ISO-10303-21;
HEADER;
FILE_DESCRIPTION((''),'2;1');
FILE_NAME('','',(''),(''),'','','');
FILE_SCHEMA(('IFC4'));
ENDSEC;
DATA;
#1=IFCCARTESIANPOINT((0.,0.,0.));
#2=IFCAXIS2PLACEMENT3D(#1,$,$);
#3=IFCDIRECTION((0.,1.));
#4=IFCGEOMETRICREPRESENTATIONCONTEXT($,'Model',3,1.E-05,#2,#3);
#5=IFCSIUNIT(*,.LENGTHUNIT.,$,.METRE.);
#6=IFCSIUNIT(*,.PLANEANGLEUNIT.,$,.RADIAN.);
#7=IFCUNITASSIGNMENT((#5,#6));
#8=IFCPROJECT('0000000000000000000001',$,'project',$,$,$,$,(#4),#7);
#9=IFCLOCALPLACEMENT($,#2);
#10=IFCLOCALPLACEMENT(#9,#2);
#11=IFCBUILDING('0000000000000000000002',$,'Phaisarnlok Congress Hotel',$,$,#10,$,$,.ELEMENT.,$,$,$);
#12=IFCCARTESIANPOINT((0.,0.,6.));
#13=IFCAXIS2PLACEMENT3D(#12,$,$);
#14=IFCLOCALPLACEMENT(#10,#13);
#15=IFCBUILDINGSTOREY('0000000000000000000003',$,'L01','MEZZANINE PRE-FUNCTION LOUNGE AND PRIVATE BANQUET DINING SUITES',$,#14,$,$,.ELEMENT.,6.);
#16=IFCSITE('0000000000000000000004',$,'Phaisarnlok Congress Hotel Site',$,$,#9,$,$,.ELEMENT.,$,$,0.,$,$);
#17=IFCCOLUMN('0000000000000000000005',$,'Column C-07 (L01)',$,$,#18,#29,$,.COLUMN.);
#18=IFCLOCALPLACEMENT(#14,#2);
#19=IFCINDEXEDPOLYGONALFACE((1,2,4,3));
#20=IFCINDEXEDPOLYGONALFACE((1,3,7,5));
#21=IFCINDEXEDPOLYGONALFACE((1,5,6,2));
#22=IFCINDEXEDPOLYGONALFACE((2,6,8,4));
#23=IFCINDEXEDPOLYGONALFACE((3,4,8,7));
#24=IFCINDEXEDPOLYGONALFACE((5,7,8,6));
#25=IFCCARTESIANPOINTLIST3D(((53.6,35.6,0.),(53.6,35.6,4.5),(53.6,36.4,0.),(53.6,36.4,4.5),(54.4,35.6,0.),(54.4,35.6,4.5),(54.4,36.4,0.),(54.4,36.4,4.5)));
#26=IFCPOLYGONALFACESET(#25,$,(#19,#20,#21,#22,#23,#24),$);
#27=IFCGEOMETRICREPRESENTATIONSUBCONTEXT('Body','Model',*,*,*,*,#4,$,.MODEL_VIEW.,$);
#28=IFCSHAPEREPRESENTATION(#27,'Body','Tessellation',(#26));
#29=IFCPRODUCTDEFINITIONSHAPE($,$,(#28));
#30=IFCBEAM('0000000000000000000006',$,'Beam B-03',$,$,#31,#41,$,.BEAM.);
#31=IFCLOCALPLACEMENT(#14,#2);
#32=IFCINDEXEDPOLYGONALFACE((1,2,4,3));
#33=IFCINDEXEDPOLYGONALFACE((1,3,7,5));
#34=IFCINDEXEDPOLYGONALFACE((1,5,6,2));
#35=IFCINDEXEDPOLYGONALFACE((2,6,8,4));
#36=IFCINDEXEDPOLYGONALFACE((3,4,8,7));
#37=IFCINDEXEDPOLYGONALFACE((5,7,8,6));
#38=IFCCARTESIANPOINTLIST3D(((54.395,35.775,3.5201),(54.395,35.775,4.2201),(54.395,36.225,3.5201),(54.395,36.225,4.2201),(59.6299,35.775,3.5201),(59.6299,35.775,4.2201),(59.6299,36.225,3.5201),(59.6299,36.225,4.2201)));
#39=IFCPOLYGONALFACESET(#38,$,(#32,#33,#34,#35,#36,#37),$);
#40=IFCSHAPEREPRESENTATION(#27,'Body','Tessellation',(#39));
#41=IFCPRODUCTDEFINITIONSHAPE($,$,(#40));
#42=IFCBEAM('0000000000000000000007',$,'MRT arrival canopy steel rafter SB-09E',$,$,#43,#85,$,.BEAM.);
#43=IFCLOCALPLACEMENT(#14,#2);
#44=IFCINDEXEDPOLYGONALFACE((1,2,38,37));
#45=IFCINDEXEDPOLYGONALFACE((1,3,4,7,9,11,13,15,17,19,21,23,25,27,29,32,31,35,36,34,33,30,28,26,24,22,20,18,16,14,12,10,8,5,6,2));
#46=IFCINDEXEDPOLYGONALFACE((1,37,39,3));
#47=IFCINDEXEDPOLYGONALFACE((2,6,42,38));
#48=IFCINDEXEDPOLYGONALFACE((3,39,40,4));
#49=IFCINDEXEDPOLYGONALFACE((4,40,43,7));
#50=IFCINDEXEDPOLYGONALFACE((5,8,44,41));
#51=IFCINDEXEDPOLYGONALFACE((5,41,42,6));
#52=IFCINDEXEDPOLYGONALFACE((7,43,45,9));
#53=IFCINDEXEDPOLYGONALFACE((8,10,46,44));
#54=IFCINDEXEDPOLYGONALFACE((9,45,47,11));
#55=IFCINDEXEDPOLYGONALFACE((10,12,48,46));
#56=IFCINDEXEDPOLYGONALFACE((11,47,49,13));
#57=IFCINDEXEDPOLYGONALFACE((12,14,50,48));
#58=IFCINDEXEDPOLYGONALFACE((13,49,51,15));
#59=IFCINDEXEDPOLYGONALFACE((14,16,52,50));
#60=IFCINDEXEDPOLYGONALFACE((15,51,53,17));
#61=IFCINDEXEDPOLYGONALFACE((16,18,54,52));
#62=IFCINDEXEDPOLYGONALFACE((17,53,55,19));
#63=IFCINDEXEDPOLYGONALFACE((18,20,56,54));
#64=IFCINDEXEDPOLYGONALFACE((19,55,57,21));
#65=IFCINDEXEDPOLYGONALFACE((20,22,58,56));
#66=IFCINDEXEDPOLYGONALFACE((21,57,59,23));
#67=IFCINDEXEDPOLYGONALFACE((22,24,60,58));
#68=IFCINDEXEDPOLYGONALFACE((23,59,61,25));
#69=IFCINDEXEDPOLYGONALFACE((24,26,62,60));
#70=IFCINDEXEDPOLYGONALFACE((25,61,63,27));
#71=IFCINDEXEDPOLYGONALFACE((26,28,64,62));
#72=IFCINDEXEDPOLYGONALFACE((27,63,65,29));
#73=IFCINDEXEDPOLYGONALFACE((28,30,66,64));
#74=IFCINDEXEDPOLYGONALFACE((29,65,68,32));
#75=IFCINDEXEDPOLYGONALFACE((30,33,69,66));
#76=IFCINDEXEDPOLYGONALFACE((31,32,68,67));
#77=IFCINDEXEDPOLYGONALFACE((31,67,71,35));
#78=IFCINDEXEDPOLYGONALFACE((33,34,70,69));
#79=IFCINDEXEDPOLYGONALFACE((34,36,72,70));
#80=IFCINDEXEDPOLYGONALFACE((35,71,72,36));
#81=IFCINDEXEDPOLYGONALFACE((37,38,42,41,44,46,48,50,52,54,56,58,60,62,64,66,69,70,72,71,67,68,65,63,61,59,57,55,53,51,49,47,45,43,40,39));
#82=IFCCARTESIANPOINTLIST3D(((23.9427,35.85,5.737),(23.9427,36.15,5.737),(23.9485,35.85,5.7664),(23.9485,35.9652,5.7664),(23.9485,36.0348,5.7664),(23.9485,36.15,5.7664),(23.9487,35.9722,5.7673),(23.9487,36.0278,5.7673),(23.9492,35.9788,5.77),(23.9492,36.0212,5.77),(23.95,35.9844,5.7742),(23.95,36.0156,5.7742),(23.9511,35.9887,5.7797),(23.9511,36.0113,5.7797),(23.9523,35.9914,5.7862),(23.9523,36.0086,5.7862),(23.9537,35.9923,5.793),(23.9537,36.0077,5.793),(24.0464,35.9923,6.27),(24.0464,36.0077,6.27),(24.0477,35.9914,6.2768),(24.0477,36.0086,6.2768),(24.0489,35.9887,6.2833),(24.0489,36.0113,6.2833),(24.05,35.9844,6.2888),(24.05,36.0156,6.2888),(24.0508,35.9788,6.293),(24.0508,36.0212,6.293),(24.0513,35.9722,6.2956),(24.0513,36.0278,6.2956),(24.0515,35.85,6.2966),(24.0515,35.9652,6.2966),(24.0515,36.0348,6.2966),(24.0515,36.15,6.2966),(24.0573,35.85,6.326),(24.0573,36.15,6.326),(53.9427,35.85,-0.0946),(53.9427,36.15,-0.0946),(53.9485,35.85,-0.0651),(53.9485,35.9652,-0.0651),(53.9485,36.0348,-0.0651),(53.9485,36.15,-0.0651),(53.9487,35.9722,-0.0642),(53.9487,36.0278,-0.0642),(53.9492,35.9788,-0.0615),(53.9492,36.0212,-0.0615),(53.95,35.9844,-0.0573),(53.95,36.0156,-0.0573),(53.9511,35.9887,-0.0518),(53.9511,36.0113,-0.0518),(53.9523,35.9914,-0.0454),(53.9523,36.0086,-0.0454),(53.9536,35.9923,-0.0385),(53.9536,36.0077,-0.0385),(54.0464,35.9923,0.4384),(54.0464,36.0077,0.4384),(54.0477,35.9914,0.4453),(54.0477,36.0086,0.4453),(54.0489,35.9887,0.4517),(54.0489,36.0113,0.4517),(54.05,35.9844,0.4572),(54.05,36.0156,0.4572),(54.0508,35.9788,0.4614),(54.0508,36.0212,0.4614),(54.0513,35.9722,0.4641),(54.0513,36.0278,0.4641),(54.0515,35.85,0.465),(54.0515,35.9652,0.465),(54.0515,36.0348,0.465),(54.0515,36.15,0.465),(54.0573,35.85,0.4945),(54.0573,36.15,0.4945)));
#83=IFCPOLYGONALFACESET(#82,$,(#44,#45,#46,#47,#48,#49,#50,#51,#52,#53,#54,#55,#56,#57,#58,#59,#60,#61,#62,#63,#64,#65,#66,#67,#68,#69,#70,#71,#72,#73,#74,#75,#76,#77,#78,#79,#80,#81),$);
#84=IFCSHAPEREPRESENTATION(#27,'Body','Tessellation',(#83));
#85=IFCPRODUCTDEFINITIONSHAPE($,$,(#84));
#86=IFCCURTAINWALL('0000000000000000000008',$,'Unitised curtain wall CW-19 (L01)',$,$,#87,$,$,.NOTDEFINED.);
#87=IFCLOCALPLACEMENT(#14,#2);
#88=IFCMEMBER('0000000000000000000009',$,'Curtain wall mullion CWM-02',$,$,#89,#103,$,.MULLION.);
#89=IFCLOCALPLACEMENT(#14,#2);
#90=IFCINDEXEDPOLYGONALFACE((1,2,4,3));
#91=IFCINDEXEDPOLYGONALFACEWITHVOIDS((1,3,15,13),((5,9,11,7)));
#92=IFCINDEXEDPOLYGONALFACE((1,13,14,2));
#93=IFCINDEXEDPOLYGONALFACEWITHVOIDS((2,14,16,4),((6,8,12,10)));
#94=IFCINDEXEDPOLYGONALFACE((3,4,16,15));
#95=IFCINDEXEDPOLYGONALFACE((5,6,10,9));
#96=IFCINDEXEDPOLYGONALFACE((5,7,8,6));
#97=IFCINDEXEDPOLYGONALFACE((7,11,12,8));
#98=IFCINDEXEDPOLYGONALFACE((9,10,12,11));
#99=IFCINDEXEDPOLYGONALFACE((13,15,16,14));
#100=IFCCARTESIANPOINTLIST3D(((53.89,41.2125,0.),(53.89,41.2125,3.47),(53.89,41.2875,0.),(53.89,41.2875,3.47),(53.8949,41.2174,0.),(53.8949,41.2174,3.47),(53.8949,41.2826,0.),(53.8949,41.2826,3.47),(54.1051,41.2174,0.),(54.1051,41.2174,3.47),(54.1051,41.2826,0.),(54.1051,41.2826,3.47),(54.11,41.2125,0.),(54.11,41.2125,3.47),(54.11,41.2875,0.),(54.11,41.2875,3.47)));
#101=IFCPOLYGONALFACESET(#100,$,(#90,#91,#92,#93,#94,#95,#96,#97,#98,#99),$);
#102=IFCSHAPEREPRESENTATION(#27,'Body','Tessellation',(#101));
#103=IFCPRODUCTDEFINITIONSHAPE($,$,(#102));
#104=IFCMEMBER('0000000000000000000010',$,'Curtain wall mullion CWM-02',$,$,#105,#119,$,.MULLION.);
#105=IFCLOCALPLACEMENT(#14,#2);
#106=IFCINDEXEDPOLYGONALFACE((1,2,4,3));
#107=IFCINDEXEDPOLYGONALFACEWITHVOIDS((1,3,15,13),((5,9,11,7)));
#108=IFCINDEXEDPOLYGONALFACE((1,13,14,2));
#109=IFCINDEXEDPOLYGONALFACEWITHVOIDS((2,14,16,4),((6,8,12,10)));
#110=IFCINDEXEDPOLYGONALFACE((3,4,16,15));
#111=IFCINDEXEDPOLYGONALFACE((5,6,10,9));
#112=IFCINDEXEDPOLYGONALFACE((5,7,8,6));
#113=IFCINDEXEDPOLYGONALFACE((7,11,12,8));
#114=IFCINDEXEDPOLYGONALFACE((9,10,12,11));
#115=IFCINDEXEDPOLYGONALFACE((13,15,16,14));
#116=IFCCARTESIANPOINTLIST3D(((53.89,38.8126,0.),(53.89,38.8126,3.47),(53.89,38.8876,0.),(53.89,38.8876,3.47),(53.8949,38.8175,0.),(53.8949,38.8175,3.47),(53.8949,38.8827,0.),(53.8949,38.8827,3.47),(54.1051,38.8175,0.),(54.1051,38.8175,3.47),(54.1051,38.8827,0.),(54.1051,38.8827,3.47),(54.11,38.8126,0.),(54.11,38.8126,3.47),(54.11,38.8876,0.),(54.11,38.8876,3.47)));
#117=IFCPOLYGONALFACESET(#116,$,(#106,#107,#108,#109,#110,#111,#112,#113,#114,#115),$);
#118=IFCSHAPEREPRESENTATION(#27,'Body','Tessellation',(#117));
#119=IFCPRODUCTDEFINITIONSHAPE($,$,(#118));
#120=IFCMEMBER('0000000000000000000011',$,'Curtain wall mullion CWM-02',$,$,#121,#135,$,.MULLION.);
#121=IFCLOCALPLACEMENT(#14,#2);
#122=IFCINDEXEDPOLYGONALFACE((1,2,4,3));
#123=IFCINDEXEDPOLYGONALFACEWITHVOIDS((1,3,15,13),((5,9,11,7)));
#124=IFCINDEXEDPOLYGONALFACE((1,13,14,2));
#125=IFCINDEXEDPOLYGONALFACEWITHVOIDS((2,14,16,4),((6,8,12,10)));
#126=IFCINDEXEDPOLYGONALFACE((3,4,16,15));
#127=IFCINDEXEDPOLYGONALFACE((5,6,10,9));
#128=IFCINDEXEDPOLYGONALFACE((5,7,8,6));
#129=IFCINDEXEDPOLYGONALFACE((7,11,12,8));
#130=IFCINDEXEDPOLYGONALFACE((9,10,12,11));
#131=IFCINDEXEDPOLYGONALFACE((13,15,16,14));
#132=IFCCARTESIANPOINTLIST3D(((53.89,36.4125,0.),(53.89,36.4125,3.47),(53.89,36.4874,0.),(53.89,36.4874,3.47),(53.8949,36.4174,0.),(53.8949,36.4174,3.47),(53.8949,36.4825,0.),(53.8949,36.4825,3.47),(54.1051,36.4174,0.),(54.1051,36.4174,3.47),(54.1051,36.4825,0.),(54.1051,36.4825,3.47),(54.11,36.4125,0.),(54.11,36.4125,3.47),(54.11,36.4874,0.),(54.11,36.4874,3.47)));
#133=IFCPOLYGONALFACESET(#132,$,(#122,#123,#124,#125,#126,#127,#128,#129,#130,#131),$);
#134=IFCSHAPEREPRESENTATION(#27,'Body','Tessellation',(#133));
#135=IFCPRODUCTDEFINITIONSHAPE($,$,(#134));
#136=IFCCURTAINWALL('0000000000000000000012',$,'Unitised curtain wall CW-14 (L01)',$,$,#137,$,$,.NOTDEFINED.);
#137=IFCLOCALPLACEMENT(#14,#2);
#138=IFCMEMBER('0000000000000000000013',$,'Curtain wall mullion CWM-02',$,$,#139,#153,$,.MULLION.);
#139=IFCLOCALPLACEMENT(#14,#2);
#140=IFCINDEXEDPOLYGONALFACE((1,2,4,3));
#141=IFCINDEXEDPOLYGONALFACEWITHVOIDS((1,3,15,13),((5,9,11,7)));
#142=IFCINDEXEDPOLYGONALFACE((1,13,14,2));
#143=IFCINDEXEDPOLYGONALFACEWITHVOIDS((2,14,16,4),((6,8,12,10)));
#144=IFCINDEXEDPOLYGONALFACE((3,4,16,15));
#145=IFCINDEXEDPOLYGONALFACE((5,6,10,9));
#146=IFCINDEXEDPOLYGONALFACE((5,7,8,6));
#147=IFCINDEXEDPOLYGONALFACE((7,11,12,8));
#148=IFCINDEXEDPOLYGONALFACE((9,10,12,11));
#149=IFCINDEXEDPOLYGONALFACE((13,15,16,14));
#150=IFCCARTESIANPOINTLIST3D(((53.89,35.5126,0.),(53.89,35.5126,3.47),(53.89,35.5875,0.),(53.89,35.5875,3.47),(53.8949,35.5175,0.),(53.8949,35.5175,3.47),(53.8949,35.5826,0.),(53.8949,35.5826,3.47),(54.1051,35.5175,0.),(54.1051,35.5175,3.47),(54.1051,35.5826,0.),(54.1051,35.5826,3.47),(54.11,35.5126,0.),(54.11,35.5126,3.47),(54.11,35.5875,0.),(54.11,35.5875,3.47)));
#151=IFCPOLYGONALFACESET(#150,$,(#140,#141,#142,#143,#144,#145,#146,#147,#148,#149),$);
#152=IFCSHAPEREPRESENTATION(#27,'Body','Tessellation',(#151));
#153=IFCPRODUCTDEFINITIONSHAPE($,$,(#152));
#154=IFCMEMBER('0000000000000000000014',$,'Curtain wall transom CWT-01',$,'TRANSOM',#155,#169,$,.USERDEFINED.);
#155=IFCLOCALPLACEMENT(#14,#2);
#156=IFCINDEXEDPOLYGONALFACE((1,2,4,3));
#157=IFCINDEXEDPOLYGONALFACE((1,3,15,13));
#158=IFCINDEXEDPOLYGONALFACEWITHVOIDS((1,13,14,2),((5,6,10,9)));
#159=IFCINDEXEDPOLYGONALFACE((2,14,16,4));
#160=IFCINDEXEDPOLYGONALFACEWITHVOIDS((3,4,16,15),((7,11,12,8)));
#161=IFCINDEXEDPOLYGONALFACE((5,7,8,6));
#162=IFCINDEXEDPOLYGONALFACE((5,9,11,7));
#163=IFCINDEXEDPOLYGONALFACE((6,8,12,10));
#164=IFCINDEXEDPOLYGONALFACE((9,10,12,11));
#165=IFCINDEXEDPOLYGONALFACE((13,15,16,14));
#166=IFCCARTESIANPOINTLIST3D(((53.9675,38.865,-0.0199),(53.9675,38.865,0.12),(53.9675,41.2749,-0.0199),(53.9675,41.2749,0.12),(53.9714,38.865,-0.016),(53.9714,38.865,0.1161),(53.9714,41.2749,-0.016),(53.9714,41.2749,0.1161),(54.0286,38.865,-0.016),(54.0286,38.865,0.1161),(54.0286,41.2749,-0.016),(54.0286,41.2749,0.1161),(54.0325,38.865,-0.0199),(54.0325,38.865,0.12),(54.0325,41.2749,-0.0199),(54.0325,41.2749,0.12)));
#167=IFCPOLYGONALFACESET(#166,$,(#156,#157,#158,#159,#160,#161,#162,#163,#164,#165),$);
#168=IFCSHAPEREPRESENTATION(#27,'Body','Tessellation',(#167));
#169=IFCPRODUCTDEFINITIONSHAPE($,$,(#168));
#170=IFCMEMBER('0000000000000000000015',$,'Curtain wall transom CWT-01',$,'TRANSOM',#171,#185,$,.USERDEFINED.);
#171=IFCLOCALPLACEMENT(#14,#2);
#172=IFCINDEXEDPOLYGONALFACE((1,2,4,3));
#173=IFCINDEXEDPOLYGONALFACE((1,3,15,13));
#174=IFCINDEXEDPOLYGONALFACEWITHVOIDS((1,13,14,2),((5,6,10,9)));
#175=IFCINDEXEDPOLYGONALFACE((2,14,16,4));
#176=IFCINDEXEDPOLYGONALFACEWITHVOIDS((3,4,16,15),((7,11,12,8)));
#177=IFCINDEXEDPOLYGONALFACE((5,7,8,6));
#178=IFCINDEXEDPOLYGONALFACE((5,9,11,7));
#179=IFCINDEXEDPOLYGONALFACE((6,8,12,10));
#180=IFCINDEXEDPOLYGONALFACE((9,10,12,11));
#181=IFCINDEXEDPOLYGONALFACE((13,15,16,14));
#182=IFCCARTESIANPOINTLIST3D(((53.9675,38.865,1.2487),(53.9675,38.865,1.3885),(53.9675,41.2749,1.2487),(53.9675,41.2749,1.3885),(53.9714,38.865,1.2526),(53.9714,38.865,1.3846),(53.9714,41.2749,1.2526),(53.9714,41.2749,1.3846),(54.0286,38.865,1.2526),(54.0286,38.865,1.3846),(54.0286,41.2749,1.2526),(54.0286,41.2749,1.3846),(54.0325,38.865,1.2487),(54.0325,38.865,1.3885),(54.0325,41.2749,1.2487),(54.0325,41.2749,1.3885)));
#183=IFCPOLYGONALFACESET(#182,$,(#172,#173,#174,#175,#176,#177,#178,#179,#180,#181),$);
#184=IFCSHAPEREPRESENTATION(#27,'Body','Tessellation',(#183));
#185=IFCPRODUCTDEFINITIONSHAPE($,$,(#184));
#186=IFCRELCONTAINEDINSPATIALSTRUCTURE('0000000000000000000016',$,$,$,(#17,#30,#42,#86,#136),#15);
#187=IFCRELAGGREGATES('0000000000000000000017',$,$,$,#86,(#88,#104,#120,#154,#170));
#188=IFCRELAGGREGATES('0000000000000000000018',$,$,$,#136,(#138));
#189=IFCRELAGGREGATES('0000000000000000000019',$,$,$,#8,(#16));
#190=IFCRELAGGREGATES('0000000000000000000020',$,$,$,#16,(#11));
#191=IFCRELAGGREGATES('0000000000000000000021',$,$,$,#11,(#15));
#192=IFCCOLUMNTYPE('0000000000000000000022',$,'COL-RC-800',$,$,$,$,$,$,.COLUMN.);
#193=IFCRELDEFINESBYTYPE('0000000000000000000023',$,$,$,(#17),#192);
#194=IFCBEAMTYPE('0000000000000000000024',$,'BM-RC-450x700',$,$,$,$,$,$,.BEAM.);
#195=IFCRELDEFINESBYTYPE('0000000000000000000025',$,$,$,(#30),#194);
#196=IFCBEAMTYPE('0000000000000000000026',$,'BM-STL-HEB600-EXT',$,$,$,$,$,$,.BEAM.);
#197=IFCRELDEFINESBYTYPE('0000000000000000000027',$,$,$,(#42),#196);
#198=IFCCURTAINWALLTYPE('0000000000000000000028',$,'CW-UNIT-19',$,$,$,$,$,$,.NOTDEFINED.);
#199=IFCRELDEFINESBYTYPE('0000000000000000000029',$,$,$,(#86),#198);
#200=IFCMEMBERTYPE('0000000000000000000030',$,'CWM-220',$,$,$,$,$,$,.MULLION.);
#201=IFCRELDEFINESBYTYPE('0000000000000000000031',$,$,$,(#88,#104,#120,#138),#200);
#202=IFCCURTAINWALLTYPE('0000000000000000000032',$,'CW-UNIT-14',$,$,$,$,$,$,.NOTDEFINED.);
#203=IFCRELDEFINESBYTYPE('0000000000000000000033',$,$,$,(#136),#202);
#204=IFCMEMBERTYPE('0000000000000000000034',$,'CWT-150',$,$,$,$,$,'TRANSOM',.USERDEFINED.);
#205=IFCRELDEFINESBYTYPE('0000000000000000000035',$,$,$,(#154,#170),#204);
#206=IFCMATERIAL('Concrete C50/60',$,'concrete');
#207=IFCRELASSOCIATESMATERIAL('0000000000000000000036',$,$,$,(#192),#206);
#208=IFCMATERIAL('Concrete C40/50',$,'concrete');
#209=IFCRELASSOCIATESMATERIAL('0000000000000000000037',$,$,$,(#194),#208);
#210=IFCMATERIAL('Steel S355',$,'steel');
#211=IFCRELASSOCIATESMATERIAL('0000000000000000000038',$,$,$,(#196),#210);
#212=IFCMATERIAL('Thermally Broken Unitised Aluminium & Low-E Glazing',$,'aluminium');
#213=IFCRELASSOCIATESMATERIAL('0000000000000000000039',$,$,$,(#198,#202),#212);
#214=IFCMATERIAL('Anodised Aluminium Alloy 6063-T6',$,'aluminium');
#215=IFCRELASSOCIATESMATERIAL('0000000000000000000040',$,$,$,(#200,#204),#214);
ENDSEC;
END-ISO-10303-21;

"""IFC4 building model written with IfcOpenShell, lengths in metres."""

from ifc_helpers import new_model, si_unit, direction, frame, origin, origin_2d, place, context, subcontext, project, spatial, rectangle, hollow_rectangle, i_section, extrude, material, material_profile, profile_set, type_object, element, aggregate, save


model = new_model("IFC4")

# Units and contexts
model_context = context("Model", 3, precision=1e-05, world=origin(), true_north=direction((0.0, 1.0)))
body_context = subcontext(model_context, "Body", "Model", "MODEL_VIEW")
ifc_project = project(units=[si_unit("LENGTHUNIT", "METRE"), si_unit("PLANEANGLEUNIT", "RADIAN")], contexts=[model_context])

# Site, building, storey
site_placement = place(None, origin())
site = spatial("IfcSite", under=ifc_project, at=site_placement, Name="Phaisarnlok Congress Hotel Site", CompositionType="ELEMENT", RefElevation=0.0)
building_placement = place(site_placement, origin())
building = spatial("IfcBuilding", under=site, at=building_placement, Name="Phaisarnlok Congress Hotel", CompositionType="ELEMENT")
storey_placement = place(building_placement, frame((0.0, 0.0, 6.0)))
storey = spatial("IfcBuildingStorey", under=building, at=storey_placement, Name="L01", Description="MEZZANINE PRE-FUNCTION LOUNGE AND PRIVATE BANQUET DINING SUITES", CompositionType="ELEMENT", Elevation=6.0)

# Column
ifc_material_1 = material(Name="Concrete C50/60", Category="concrete")
ifc_material_profile_1 = material_profile(ifc_material_1, rectangle(XDim=0.8, YDim=0.8, at=origin_2d()), Name="RC 800x800")
ifc_profile_set_1 = profile_set([ifc_material_profile_1], Name="Concrete C50/60")
column_type = type_object("IfcColumnType", Name="COL-RC-800", PredefinedType="COLUMN", material=ifc_profile_set_1)
column_placement = place(storey_placement, frame((54.0, 36.0, 0.0), z_axis=(0.0, 0.0, 1.0), x_axis=(1.0, 0.0, 0.0)))
element("IfcColumn", 1, at=column_placement, inside=storey, type_object=column_type, Name="Column C-07 (L01)", PredefinedType="COLUMN", context=body_context, shape_type="SweptSolid", body=[
    extrude(rectangle(XDim=0.8, YDim=0.8, at=origin_2d()), origin(), (0.0, 0.0, 1.0), 4.5),
])

# Beams
ifc_material_2 = material(Name="Concrete C40/50", Category="concrete")
ifc_material_profile_2 = material_profile(ifc_material_2, rectangle(XDim=0.45, YDim=0.7, at=origin_2d()), Name="RC 450x700")
ifc_profile_set_2 = profile_set([ifc_material_profile_2], Name="Concrete C40/50")
beam_type_1 = type_object("IfcBeamType", Name="BM-RC-450x700", PredefinedType="BEAM", material=ifc_profile_set_2)
beam_1_placement = place(storey_placement, frame((54.395, 36.0, 3.8701), z_axis=(1.0, 0.0, 0.0), x_axis=(0.0, 1.0, 0.0)))
element("IfcBeam", 2, at=beam_1_placement, inside=storey, type_object=beam_type_1, Name="Beam B-03", PredefinedType="BEAM", context=body_context, shape_type="SweptSolid", body=[
    extrude(rectangle(XDim=0.45, YDim=0.7, at=origin_2d()), origin(), (0.0, 0.0, 1.0), 5.2349),
])
ifc_material_3 = material(Name="Steel S355", Category="steel")
ifc_material_profile_3 = material_profile(ifc_material_3, i_section(OverallWidth=0.3, OverallDepth=0.6001, WebThickness=0.0154, FlangeThickness=0.03, FilletRadius=0.0271, at=origin_2d()), Name="HEB 600")
ifc_profile_set_3 = profile_set([ifc_material_profile_3], Name="Steel S355")
beam_type_2 = type_object("IfcBeamType", Name="BM-STL-HEB600-EXT", PredefinedType="BEAM", material=ifc_profile_set_3)
beam_2_placement = place(storey_placement, frame((54.0, 36.0, 0.2), z_axis=(-0.981626, 0.0, 0.190813), x_axis=(0.0, -1.0, 0.0)))
element("IfcBeam", 3, at=beam_2_placement, inside=storey, type_object=beam_type_2, Name="MRT arrival canopy steel rafter SB-09E", PredefinedType="BEAM", context=body_context, shape_type="SweptSolid", body=[
    extrude(i_section(OverallWidth=0.3, OverallDepth=0.6001, WebThickness=0.0154, FlangeThickness=0.03, FilletRadius=0.0271, at=origin_2d()), origin(), (0.0, 0.0, 1.0), 30.5615),
])

# Curtain wall, members
ifc_material_4 = material(Name="Thermally Broken Unitised Aluminium & Low-E Glazing", Category="aluminium")
curtain_wall_type_1 = type_object("IfcCurtainWallType", Name="CW-UNIT-19", PredefinedType="NOTDEFINED", material=ifc_material_4)
curtain_wall_1_placement = place(storey_placement, origin())
curtain_wall_1 = element("IfcCurtainWall", 4, at=curtain_wall_1_placement, inside=storey, type_object=curtain_wall_type_1, Name="Unitised curtain wall CW-19 (L01)", PredefinedType="NOTDEFINED")
ifc_material_5 = material(Name="Anodised Aluminium Alloy 6063-T6", Category="aluminium")
ifc_material_profile_4 = material_profile(ifc_material_5, hollow_rectangle(XDim=0.075, YDim=0.22, WallThickness=0.0049, at=origin_2d()), Name="ALU-M 75x220x5")
ifc_profile_set_4 = profile_set([ifc_material_profile_4], Name="Anodised Aluminium Alloy 6063-T6")
member_type_1 = type_object("IfcMemberType", Name="CWM-220", PredefinedType="MULLION", material=ifc_profile_set_4)
member_1_placement = place(storey_placement, frame((54.0, 41.25, 0.0), z_axis=(0.0, 0.0, 1.0), x_axis=(0.0, -1.0, 0.0)))
member_1 = element("IfcMember", 5, at=member_1_placement, type_object=member_type_1, Name="Curtain wall mullion CWM-02", PredefinedType="MULLION", context=body_context, shape_type="SweptSolid", body=[
    extrude(hollow_rectangle(XDim=0.075, YDim=0.22, WallThickness=0.0049, at=origin_2d()), origin(), (0.0, 0.0, 1.0), 3.47),
])
member_2_placement = place(storey_placement, frame((54.0, 38.8501, 0.0), z_axis=(0.0, 0.0, 1.0), x_axis=(0.0, -1.0, 0.0)))
member_2 = element("IfcMember", 6, at=member_2_placement, type_object=member_type_1, Name="Curtain wall mullion CWM-02", PredefinedType="MULLION", context=body_context, shape_type="SweptSolid", body=[
    extrude(hollow_rectangle(XDim=0.075, YDim=0.22, WallThickness=0.0049, at=origin_2d()), origin(), (0.0, 0.0, 1.0), 3.47),
])
member_3_placement = place(storey_placement, frame((54.0, 36.45, 0.0), z_axis=(0.0, 0.0, 1.0), x_axis=(0.0, -1.0, 0.0)))
member_3 = element("IfcMember", 7, at=member_3_placement, type_object=member_type_1, Name="Curtain wall mullion CWM-02", PredefinedType="MULLION", context=body_context, shape_type="SweptSolid", body=[
    extrude(hollow_rectangle(XDim=0.075, YDim=0.22, WallThickness=0.0049, at=origin_2d()), origin(), (0.0, 0.0, 1.0), 3.47),
])

# Curtain wall, member
curtain_wall_type_2 = type_object("IfcCurtainWallType", Name="CW-UNIT-14", PredefinedType="NOTDEFINED", material=ifc_material_4)
curtain_wall_2_placement = place(storey_placement, origin())
curtain_wall_2 = element("IfcCurtainWall", 8, at=curtain_wall_2_placement, inside=storey, type_object=curtain_wall_type_2, Name="Unitised curtain wall CW-14 (L01)", PredefinedType="NOTDEFINED")
member_4_placement = place(storey_placement, frame((54.0, 35.55, 0.0), z_axis=(0.0, 0.0, 1.0), x_axis=(0.0, -1.0, 0.0)))
member_4 = element("IfcMember", 9, at=member_4_placement, type_object=member_type_1, Name="Curtain wall mullion CWM-02", PredefinedType="MULLION", context=body_context, shape_type="SweptSolid", body=[
    extrude(hollow_rectangle(XDim=0.075, YDim=0.22, WallThickness=0.0049, at=origin_2d()), origin(), (0.0, 0.0, 1.0), 3.47),
])

# Members
ifc_material_profile_5 = material_profile(ifc_material_5, hollow_rectangle(XDim=0.0649, YDim=0.1399, WallThickness=0.0039, at=origin_2d()), Name="ALU-T 65x140x4")
ifc_profile_set_5 = profile_set([ifc_material_profile_5], Name="Anodised Aluminium Alloy 6063-T6")
member_type_2 = type_object("IfcMemberType", Name="CWT-150", ElementType="TRANSOM", PredefinedType="USERDEFINED", material=ifc_profile_set_5)
member_5_placement = place(storey_placement, frame((54.0, 41.2749, 0.05), z_axis=(0.0, -1.0, 0.0), x_axis=(1.0, 0.0, 0.0)))
member_5 = element("IfcMember", 10, at=member_5_placement, type_object=member_type_2, Name="Curtain wall transom CWT-01", ObjectType="TRANSOM", PredefinedType="USERDEFINED", context=body_context, shape_type="SweptSolid", body=[
    extrude(hollow_rectangle(XDim=0.0649, YDim=0.1399, WallThickness=0.0039, at=origin_2d()), origin(), (0.0, 0.0, 1.0), 2.4099),
])
member_6_placement = place(storey_placement, frame((54.0, 41.2749, 1.3186), z_axis=(0.0, -1.0, 0.0), x_axis=(1.0, 0.0, 0.0)))
member_6 = element("IfcMember", 11, at=member_6_placement, type_object=member_type_2, Name="Curtain wall transom CWT-01", ObjectType="TRANSOM", PredefinedType="USERDEFINED", context=body_context, shape_type="SweptSolid", body=[
    extrude(hollow_rectangle(XDim=0.0649, YDim=0.1399, WallThickness=0.0039, at=origin_2d()), origin(), (0.0, 0.0, 1.0), 2.4099),
])

aggregate(curtain_wall_1, [member_1, member_2, member_3, member_5, member_6])
aggregate(curtain_wall_2, [member_4])

save(model, "model.ifc")
